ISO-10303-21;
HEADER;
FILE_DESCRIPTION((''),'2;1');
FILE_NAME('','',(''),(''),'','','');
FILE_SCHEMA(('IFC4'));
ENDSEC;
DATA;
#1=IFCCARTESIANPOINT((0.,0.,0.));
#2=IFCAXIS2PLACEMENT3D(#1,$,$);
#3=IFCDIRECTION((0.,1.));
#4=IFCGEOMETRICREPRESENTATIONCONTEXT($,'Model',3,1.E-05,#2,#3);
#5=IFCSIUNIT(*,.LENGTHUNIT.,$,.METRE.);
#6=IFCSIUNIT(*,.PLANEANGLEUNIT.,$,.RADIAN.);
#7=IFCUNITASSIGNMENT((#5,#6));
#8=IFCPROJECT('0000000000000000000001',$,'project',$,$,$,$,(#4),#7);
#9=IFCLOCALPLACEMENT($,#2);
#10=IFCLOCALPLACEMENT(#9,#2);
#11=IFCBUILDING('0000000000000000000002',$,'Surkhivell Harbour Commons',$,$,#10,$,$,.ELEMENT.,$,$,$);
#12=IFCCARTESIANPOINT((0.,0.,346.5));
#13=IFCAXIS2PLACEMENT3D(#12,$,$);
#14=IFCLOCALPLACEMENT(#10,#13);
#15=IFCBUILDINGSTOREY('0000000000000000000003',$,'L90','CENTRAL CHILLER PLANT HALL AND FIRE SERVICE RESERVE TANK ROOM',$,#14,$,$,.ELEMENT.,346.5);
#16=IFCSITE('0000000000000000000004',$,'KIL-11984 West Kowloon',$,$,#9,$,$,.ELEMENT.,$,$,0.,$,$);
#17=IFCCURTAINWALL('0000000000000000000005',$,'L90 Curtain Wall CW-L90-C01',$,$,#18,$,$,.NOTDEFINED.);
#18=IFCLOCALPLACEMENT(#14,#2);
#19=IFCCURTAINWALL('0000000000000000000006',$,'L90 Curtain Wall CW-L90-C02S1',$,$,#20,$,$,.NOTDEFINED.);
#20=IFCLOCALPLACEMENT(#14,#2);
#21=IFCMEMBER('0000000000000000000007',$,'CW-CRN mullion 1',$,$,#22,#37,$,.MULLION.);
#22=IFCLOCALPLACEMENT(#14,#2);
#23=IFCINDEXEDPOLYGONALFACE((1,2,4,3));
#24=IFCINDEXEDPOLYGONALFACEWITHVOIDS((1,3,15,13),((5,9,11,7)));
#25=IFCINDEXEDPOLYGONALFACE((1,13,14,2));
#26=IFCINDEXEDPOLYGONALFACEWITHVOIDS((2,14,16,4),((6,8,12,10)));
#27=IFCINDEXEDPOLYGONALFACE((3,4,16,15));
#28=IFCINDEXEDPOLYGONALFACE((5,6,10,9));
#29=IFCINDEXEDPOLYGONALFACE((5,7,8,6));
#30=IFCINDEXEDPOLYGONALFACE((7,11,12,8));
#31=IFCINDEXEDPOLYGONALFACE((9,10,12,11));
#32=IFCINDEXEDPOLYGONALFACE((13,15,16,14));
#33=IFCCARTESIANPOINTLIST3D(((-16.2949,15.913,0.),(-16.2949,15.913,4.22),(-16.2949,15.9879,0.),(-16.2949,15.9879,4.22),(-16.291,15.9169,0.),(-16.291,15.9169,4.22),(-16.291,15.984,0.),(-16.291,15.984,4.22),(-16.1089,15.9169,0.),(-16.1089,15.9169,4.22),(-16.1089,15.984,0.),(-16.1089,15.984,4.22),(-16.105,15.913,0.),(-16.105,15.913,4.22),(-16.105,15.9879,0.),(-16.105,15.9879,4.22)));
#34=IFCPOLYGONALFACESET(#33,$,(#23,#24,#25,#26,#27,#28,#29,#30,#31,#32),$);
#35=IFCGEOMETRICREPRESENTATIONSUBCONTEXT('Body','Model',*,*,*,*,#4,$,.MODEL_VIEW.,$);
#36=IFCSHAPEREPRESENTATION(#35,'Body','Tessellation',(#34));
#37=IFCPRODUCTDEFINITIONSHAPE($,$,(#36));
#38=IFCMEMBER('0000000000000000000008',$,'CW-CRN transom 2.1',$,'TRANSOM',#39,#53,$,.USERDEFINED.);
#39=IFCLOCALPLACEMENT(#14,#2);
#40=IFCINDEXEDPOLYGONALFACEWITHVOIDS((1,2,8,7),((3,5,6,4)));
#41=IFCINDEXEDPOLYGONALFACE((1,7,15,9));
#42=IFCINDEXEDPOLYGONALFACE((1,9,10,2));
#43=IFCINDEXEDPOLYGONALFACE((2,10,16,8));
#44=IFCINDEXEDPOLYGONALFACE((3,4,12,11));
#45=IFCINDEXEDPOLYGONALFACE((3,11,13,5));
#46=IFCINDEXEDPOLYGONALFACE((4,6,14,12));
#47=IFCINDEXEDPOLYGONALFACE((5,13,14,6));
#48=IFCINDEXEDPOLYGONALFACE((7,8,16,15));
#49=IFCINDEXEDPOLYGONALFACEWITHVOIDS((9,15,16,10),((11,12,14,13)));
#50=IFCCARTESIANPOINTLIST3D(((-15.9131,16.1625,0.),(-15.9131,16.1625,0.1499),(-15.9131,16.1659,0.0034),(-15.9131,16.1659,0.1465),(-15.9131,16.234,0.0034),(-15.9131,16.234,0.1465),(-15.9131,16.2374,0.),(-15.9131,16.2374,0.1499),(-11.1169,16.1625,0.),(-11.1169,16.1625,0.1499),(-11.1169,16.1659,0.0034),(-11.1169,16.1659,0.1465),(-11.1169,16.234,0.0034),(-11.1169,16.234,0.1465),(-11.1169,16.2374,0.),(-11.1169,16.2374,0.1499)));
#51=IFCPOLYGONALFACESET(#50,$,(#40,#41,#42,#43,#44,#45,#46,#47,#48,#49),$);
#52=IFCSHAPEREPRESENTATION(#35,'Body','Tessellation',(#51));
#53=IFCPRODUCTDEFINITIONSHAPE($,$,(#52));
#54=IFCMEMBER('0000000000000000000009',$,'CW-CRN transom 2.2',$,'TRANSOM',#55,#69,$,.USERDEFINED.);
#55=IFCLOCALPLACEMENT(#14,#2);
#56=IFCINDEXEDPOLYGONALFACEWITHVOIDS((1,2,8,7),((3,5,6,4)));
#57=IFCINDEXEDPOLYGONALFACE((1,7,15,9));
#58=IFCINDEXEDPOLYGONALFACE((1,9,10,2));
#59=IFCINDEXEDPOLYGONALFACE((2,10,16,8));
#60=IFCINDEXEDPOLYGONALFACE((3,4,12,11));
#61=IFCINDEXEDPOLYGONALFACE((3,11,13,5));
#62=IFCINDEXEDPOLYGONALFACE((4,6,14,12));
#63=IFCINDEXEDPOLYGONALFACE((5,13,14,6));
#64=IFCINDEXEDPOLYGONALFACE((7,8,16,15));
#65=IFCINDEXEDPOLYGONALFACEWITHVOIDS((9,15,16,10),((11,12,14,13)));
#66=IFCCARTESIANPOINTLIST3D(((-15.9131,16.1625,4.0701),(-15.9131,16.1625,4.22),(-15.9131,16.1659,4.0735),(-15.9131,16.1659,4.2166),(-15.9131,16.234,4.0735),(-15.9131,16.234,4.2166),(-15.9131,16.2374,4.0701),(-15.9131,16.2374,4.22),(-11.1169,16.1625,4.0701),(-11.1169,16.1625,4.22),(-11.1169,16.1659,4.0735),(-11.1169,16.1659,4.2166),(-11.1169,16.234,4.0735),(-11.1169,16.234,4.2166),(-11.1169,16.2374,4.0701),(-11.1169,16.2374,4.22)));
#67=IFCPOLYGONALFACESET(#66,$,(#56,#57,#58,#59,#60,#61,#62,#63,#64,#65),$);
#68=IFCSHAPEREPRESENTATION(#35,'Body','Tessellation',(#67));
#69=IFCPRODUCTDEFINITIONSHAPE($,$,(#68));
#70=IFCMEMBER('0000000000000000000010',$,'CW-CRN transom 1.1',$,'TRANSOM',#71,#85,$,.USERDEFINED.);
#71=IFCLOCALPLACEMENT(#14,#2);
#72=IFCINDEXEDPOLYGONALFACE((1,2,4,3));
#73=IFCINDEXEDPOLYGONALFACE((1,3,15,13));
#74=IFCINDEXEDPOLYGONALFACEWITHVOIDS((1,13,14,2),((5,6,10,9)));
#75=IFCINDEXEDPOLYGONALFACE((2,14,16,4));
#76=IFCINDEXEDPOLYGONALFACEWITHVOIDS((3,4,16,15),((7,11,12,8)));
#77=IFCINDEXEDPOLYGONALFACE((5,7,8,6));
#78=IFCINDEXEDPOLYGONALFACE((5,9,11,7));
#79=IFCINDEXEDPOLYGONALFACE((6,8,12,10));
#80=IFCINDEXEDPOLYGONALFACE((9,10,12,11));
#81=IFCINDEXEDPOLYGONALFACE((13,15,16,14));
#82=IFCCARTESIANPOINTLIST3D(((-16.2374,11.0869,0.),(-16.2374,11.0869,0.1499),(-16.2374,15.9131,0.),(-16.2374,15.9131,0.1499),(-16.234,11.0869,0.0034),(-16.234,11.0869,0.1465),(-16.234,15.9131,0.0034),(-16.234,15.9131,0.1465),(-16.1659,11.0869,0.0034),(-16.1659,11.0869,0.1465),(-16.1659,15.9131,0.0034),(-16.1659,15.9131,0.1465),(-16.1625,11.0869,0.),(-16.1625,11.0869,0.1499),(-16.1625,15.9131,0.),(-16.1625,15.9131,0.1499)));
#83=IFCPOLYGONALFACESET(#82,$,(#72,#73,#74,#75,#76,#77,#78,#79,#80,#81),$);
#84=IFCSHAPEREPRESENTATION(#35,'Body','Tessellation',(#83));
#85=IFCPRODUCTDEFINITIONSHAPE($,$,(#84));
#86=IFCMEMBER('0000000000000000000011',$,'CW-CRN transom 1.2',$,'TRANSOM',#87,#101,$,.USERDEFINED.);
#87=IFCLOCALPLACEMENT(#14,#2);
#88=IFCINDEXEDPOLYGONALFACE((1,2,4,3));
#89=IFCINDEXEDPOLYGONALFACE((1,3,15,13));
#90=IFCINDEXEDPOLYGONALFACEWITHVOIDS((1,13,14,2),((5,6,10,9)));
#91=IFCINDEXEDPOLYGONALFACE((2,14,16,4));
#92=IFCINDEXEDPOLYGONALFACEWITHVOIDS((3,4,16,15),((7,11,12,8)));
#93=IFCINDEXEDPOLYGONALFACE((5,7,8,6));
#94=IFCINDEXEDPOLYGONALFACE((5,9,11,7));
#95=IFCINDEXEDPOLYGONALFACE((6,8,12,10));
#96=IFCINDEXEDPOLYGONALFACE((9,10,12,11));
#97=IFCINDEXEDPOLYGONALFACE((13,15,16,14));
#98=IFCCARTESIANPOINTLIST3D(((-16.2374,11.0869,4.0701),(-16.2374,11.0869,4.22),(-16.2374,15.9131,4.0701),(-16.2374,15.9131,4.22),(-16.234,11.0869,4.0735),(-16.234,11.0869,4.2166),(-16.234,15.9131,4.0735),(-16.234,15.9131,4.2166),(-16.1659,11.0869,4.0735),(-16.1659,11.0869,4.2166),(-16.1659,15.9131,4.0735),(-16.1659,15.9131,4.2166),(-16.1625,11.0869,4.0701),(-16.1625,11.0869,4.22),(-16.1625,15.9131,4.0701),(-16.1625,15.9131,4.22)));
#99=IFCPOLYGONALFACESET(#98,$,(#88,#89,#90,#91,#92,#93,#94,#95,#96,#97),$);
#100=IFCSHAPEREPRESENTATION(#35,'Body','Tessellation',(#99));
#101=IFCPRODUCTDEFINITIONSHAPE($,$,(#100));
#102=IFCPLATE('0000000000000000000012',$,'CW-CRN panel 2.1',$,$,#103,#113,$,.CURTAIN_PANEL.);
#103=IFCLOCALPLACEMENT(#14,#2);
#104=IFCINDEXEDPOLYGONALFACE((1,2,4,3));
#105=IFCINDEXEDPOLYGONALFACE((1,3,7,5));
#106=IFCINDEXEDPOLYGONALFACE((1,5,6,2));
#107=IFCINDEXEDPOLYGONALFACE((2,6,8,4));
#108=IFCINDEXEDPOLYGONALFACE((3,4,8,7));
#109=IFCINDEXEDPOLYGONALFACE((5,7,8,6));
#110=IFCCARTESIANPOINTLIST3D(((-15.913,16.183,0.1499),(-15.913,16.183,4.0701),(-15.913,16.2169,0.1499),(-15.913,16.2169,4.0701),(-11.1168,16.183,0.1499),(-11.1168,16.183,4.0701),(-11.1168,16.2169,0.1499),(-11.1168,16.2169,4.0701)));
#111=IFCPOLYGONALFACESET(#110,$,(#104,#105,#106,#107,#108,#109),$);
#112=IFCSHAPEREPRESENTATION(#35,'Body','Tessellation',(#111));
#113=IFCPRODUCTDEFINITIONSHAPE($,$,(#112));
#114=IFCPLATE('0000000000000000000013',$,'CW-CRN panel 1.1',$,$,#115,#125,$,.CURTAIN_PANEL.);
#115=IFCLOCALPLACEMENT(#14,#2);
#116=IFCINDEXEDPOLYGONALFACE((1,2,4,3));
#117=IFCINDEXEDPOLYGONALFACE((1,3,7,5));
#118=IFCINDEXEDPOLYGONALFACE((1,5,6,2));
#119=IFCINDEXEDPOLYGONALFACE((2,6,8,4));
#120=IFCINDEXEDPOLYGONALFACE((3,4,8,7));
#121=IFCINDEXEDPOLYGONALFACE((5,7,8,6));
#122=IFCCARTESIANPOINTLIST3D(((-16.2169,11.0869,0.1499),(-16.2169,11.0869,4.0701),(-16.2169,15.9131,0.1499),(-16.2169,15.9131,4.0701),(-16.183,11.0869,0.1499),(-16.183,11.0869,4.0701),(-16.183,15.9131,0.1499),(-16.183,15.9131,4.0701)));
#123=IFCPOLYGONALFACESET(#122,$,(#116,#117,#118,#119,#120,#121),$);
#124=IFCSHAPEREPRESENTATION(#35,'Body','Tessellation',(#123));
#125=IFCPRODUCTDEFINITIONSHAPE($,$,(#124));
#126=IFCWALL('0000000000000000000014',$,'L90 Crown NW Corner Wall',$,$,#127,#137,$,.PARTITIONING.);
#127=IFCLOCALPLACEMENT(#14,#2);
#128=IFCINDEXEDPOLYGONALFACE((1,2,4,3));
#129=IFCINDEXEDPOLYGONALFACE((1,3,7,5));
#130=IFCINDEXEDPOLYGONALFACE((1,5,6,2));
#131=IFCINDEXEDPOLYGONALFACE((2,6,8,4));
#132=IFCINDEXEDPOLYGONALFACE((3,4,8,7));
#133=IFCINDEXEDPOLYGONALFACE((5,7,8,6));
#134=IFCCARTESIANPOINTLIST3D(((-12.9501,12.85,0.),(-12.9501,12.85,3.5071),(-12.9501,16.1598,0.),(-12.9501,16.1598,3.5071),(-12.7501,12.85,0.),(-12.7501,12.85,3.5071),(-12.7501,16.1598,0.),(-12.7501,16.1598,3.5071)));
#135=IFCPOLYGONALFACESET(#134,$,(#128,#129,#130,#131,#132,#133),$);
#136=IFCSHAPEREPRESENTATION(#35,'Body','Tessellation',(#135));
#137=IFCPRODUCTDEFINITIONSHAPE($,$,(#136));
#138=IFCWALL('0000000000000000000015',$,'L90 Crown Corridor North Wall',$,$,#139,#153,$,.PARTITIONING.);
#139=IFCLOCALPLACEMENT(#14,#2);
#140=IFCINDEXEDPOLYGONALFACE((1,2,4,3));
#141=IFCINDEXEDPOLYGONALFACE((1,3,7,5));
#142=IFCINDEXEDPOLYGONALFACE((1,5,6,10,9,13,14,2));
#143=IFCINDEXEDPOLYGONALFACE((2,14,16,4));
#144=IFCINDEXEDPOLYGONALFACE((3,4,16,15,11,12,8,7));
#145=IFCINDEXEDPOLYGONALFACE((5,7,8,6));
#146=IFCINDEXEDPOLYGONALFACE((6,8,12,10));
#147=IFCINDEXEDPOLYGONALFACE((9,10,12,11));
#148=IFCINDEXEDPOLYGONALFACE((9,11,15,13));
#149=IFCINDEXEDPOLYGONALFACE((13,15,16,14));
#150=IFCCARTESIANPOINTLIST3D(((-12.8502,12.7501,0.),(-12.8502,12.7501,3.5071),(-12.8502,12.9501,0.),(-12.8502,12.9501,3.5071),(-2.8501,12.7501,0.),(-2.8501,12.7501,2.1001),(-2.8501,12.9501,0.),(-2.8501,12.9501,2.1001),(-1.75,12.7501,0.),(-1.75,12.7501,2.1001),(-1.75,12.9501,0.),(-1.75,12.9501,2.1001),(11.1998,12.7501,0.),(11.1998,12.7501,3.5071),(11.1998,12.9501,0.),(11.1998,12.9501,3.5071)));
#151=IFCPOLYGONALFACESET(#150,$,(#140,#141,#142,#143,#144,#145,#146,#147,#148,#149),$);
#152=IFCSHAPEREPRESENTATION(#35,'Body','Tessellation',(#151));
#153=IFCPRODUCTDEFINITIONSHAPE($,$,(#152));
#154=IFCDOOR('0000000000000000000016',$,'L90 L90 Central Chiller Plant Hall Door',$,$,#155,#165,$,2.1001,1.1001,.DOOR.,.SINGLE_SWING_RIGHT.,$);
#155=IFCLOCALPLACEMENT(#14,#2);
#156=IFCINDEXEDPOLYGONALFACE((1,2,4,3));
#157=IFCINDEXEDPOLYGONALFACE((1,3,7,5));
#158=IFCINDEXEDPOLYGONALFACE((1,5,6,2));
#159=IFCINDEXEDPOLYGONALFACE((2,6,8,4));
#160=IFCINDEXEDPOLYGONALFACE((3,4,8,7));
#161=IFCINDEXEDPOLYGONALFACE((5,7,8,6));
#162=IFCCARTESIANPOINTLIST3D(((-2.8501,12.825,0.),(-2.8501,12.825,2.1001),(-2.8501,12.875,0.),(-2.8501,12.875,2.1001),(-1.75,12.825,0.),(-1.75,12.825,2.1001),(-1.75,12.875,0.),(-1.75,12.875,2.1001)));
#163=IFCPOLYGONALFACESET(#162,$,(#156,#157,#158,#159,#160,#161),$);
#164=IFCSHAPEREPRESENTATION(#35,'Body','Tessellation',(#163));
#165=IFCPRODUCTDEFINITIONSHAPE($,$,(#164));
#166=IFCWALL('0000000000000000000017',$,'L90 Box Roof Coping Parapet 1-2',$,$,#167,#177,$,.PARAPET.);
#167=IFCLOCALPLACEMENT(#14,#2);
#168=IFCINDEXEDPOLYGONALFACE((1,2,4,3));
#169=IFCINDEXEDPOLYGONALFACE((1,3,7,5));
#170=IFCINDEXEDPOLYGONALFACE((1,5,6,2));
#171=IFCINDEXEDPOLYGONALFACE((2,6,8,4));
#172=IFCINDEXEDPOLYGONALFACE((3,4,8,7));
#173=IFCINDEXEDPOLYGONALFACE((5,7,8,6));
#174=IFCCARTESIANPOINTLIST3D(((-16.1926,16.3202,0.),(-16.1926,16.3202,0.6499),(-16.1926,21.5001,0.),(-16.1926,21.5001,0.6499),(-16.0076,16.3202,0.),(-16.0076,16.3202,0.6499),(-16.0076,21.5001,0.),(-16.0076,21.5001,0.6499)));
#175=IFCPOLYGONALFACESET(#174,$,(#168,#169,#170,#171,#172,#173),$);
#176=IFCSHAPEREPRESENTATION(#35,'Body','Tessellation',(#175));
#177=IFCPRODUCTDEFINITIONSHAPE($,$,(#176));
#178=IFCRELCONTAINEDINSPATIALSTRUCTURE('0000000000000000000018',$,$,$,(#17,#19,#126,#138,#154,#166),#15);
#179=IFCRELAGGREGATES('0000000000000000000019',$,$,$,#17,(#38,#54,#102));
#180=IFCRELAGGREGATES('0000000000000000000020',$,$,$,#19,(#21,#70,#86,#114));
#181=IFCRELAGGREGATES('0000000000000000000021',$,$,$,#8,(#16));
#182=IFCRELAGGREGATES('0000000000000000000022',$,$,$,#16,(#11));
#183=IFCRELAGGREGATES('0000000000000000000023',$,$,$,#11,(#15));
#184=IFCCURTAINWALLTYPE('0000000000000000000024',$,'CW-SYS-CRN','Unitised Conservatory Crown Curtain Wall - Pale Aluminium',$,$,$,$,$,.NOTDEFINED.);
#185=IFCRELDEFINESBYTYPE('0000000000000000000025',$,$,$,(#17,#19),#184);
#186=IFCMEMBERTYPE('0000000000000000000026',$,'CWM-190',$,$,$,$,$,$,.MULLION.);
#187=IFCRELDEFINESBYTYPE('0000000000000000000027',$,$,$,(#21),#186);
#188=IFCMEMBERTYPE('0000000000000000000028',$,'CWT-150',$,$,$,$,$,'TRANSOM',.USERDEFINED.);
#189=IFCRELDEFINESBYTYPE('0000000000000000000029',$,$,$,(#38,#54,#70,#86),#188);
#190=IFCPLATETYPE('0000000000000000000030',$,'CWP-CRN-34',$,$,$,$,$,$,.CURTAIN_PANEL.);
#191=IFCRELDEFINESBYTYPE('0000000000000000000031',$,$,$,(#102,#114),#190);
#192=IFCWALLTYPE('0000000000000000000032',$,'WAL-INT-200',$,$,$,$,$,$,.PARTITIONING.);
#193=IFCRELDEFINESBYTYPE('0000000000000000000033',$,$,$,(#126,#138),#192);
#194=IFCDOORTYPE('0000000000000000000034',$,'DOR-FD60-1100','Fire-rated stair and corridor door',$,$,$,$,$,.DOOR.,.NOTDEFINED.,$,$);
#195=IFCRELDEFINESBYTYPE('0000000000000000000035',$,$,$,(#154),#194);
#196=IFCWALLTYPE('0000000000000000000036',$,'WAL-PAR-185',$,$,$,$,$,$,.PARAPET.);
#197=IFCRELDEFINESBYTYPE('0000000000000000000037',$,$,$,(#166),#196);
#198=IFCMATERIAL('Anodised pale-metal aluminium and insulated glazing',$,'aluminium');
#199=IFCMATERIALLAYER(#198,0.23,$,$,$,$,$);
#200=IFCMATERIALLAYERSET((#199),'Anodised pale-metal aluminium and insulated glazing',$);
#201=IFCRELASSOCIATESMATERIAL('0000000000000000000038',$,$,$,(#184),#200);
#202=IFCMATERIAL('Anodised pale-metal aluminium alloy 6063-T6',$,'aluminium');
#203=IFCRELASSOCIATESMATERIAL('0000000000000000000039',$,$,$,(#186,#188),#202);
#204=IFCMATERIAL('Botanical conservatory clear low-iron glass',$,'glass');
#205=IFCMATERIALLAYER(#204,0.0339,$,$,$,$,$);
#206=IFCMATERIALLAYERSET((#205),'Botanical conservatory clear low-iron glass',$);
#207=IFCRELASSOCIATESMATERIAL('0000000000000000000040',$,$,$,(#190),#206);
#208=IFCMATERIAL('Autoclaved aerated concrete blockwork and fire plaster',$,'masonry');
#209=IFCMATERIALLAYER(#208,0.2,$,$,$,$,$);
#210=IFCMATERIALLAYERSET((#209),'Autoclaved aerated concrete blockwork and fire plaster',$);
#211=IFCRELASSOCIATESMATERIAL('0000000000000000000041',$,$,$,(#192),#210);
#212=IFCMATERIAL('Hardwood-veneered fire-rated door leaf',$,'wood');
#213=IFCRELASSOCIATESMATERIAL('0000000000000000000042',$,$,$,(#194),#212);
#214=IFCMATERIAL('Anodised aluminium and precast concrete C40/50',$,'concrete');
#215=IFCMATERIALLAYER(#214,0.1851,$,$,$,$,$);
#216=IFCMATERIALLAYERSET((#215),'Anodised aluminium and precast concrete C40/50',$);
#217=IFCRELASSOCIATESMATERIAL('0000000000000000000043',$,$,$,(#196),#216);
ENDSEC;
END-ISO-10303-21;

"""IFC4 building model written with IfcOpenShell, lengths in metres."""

from ifc_helpers import new_model, si_unit, direction, frame, frame_2d, origin, origin_2d, place, context, subcontext, project, spatial, rectangle, hollow_rectangle, extrude, material, layer, layer_set, material_profile, profile_set, type_object, element, fill, aggregate, save


model = new_model("IFC4")

# Units and contexts
model_context = context("Model", 3, precision=1e-05, world=origin(), true_north=direction((0.0, 1.0)))
body_context = subcontext(model_context, "Body", "Model", "MODEL_VIEW")
ifc_project = project(units=[si_unit("LENGTHUNIT", "METRE"), si_unit("PLANEANGLEUNIT", "RADIAN")], contexts=[model_context])

# Site, building, storey
site_placement = place(None, origin())
site = spatial("IfcSite", under=ifc_project, at=site_placement, Name="KIL-11984 West Kowloon", CompositionType="ELEMENT", RefElevation=0.0)
building_placement = place(site_placement, origin())
building = spatial("IfcBuilding", under=site, at=building_placement, Name="Surkhivell Harbour Commons", CompositionType="ELEMENT")
storey_placement = place(building_placement, frame((0.0, 0.0, 346.5)))
storey = spatial("IfcBuildingStorey", under=building, at=storey_placement, Name="L90", Description="CENTRAL CHILLER PLANT HALL AND FIRE SERVICE RESERVE TANK ROOM", CompositionType="ELEMENT", Elevation=346.5)

# Curtain wall
ifc_material_1 = material(Name="Anodised pale-metal aluminium and insulated glazing", Category="aluminium")
ifc_layer_1 = layer(ifc_material_1, 0.23)
ifc_layer_set_1 = layer_set([ifc_layer_1], Name="Anodised pale-metal aluminium and insulated glazing")
curtain_wall_type = type_object("IfcCurtainWallType", Name="CW-SYS-CRN", Description="Unitised Conservatory Crown Curtain Wall - Pale Aluminium", PredefinedType="NOTDEFINED", material=ifc_layer_set_1)
curtain_wall_1_placement = place(storey_placement, origin())
curtain_wall_1 = element("IfcCurtainWall", 1, at=curtain_wall_1_placement, inside=storey, type_object=curtain_wall_type, Name="L90 Curtain Wall CW-L90-C01", PredefinedType="NOTDEFINED")
ifc_material_2 = material(Name="Anodised pale-metal aluminium alloy 6063-T6", Category="aluminium")
ifc_material_profile_1 = material_profile(ifc_material_2, hollow_rectangle(XDim=0.075, YDim=0.1899, WallThickness=0.0039, at=origin_2d()), Name="ALU-MULL-75x190")
ifc_profile_set_1 = profile_set([ifc_material_profile_1], Name="Anodised pale-metal aluminium alloy 6063-T6")
member_type_1 = type_object("IfcMemberType", Name="CWM-190", PredefinedType="MULLION", material=ifc_profile_set_1)

# Curtain wall, member
curtain_wall_2_placement = place(storey_placement, origin())
curtain_wall_2 = element("IfcCurtainWall", 2, at=curtain_wall_2_placement, inside=storey, type_object=curtain_wall_type, Name="L90 Curtain Wall CW-L90-C02S1", PredefinedType="NOTDEFINED")
member_1_placement = place(storey_placement, frame((-16.2, 15.9504, 0.0), z_axis=(0.0, 0.0, 1.0), x_axis=(0.0, -1.0, 0.0)))
member_1 = element("IfcMember", 3, at=member_1_placement, type_object=member_type_1, Name="CW-CRN mullion 1", PredefinedType="MULLION", context=body_context, shape_type="SweptSolid", body=[
    extrude(hollow_rectangle(XDim=0.075, YDim=0.1899, WallThickness=0.0039, at=origin_2d()), origin(), (0.0, 0.0, 1.0), 4.22),
])

# Members
ifc_material_profile_2 = material_profile(ifc_material_2, hollow_rectangle(XDim=0.075, YDim=0.1499, WallThickness=0.0034, at=origin_2d()), Name="ALU-TRAN-75x150")
ifc_profile_set_2 = profile_set([ifc_material_profile_2], Name="Anodised pale-metal aluminium alloy 6063-T6")
member_type_2 = type_object("IfcMemberType", Name="CWT-150", ElementType="TRANSOM", PredefinedType="USERDEFINED", material=ifc_profile_set_2)
member_2_placement = place(storey_placement, frame((-11.1169, 16.2, 0.075), z_axis=(-1.0, 0.0, 0.0), x_axis=(0.0, -1.0, 0.0)))
member_2 = element("IfcMember", 4, at=member_2_placement, type_object=member_type_2, Name="CW-CRN transom 2.1", ObjectType="TRANSOM", PredefinedType="USERDEFINED", context=body_context, shape_type="SweptSolid", body=[
    extrude(hollow_rectangle(XDim=0.075, YDim=0.1499, WallThickness=0.0034, at=origin_2d()), origin(), (0.0, 0.0, 1.0), 4.7961),
])
member_3_placement = place(storey_placement, frame((-11.1169, 16.2, 4.145), z_axis=(-1.0, 0.0, 0.0), x_axis=(0.0, -1.0, 0.0)))
member_3 = element("IfcMember", 5, at=member_3_placement, type_object=member_type_2, Name="CW-CRN transom 2.2", ObjectType="TRANSOM", PredefinedType="USERDEFINED", context=body_context, shape_type="SweptSolid", body=[
    extrude(hollow_rectangle(XDim=0.075, YDim=0.1499, WallThickness=0.0034, at=origin_2d()), origin(), (0.0, 0.0, 1.0), 4.7961),
])
member_4_placement = place(storey_placement, frame((-16.2, 15.9131, 0.075), z_axis=(0.0, -1.0, 0.0), x_axis=(1.0, 0.0, 0.0)))
member_4 = element("IfcMember", 6, at=member_4_placement, type_object=member_type_2, Name="CW-CRN transom 1.1", ObjectType="TRANSOM", PredefinedType="USERDEFINED", context=body_context, shape_type="SweptSolid", body=[
    extrude(hollow_rectangle(XDim=0.075, YDim=0.1499, WallThickness=0.0034, at=origin_2d()), origin(), (0.0, 0.0, 1.0), 4.8262),
])
member_5_placement = place(storey_placement, frame((-16.2, 15.9131, 4.145), z_axis=(0.0, -1.0, 0.0), x_axis=(1.0, 0.0, 0.0)))
member_5 = element("IfcMember", 7, at=member_5_placement, type_object=member_type_2, Name="CW-CRN transom 1.2", ObjectType="TRANSOM", PredefinedType="USERDEFINED", context=body_context, shape_type="SweptSolid", body=[
    extrude(hollow_rectangle(XDim=0.075, YDim=0.1499, WallThickness=0.0034, at=origin_2d()), origin(), (0.0, 0.0, 1.0), 4.8262),
])

# Plates
ifc_material_3 = material(Name="Botanical conservatory clear low-iron glass", Category="glass")
ifc_layer_2 = layer(ifc_material_3, 0.0339)
ifc_layer_set_2 = layer_set([ifc_layer_2], Name="Botanical conservatory clear low-iron glass")
plate_type = type_object("IfcPlateType", Name="CWP-CRN-34", PredefinedType="CURTAIN_PANEL", material=ifc_layer_set_2)
plate_1_placement = place(storey_placement, frame((-11.1169, 16.2, 0.1499), z_axis=(0.0, 0.0, 1.0), x_axis=(-1.0, 0.0, 0.0)))
plate_1 = element("IfcPlate", 8, at=plate_1_placement, type_object=plate_type, Name="CW-CRN panel 2.1", PredefinedType="CURTAIN_PANEL", context=body_context, shape_type="SweptSolid", body=[
    extrude(rectangle(XDim=4.7961, YDim=0.0339, at=frame_2d((2.3979, 0.0))), origin(), (0.0, 0.0, 1.0), 3.9202),
])
aggregate(curtain_wall_1, [member_2, member_3, plate_1])
plate_2_placement = place(storey_placement, frame((-16.2, 15.9131, 0.1499), z_axis=(0.0, 0.0, 1.0), x_axis=(0.0, -1.0, 0.0)))
plate_2 = element("IfcPlate", 9, at=plate_2_placement, type_object=plate_type, Name="CW-CRN panel 1.1", PredefinedType="CURTAIN_PANEL", context=body_context, shape_type="SweptSolid", body=[
    extrude(rectangle(XDim=4.8262, YDim=0.0339, at=frame_2d((2.4131, 0.0))), origin(), (0.0, 0.0, 1.0), 3.9202),
])
aggregate(curtain_wall_2, [member_1, member_4, member_5, plate_2])

# Wall
ifc_material_4 = material(Name="Autoclaved aerated concrete blockwork and fire plaster", Category="masonry")
ifc_layer_3 = layer(ifc_material_4, 0.2)
ifc_layer_set_3 = layer_set([ifc_layer_3], Name="Autoclaved aerated concrete blockwork and fire plaster")
wall_type_1 = type_object("IfcWallType", Name="WAL-INT-200", PredefinedType="PARTITIONING", material=ifc_layer_set_3)
wall_1_placement = place(storey_placement, frame((-12.8501, 12.8501, 0.0), z_axis=(0.0, 0.0, 1.0), x_axis=(0.0, 1.0, 0.0)))
element("IfcWall", 10, at=wall_1_placement, inside=storey, type_object=wall_type_1, Name="L90 Crown NW Corner Wall", PredefinedType="PARTITIONING", context=body_context, shape_type="SweptSolid", body=[
    extrude(rectangle(XDim=3.3098, YDim=0.2, at=frame_2d((1.6548, 0.0))), origin(), (0.0, 0.0, 1.0), 3.5071),
])

# Wall, opening, door
wall_2_placement = place(storey_placement, frame((-12.8501, 12.8501, 0.0), z_axis=(0.0, 0.0, 1.0), x_axis=(1.0, 0.0, 0.0)))
wall_2 = element("IfcWall", 11, at=wall_2_placement, inside=storey, type_object=wall_type_1, Name="L90 Crown Corridor North Wall", PredefinedType="PARTITIONING", context=body_context, shape_type="SweptSolid", body=[
    extrude(rectangle(XDim=24.05, YDim=0.2, at=frame_2d((12.0249, 0.0))), origin(), (0.0, 0.0, 1.0), 3.5071),
])
opening_placement = place(wall_2_placement, frame((10.0, 0.0, 0.0)))
opening = element("IfcOpeningElement", 12, at=opening_placement, cuts=wall_2, PredefinedType="OPENING", context=body_context, shape_type="SweptSolid", body=[
    extrude(rectangle(XDim=1.1001, YDim=2.1001, at=frame_2d((0.55, 1.05))), frame((0.0, 0.1099, 0.0), z_axis=(0.0, -1.0, 0.0), x_axis=(1.0, 0.0, 0.0)), (0.0, 0.0, 1.0), 0.22),
])
ifc_material_5 = material(Name="Hardwood-veneered fire-rated door leaf", Category="wood")
door_type = type_object("IfcDoorType", Name="DOR-FD60-1100", Description="Fire-rated stair and corridor door", OperationType="NOTDEFINED", PredefinedType="DOOR", material=ifc_material_5)
door_placement = place(opening_placement, origin())
door = element("IfcDoor", 13, at=door_placement, inside=storey, type_object=door_type, Name="L90 L90 Central Chiller Plant Hall Door", OperationType="SINGLE_SWING_RIGHT", OverallHeight=2.1001, OverallWidth=1.1001, PredefinedType="DOOR", context=body_context, shape_type="SweptSolid", body=[
    extrude(rectangle(XDim=1.1001, YDim=2.1001, at=frame_2d((0.55, 1.05))), frame((0.0, 0.0249, 0.0), z_axis=(0.0, -1.0, 0.0), x_axis=(1.0, 0.0, 0.0)), (0.0, 0.0, 1.0), 0.05),
])
fill(opening, door)

# Wall
ifc_material_6 = material(Name="Anodised aluminium and precast concrete C40/50", Category="concrete")
ifc_layer_4 = layer(ifc_material_6, 0.1851)
ifc_layer_set_4 = layer_set([ifc_layer_4], Name="Anodised aluminium and precast concrete C40/50")
wall_type_2 = type_object("IfcWallType", Name="WAL-PAR-185", PredefinedType="PARAPET", material=ifc_layer_set_4)
wall_3_placement = place(storey_placement, frame((-16.1001, 21.5, 0.0), z_axis=(0.0, 0.0, 1.0), x_axis=(0.0, -1.0, 0.0)))
element("IfcWall", 14, at=wall_3_placement, inside=storey, type_object=wall_type_2, Name="L90 Box Roof Coping Parapet 1-2", PredefinedType="PARAPET", context=body_context, shape_type="SweptSolid", body=[
    extrude(rectangle(XDim=5.1799, YDim=0.1851, at=frame_2d((2.5898, 0.0))), origin(), (0.0, 0.0, 1.0), 0.6499),
])

save(model, "model.ifc")
